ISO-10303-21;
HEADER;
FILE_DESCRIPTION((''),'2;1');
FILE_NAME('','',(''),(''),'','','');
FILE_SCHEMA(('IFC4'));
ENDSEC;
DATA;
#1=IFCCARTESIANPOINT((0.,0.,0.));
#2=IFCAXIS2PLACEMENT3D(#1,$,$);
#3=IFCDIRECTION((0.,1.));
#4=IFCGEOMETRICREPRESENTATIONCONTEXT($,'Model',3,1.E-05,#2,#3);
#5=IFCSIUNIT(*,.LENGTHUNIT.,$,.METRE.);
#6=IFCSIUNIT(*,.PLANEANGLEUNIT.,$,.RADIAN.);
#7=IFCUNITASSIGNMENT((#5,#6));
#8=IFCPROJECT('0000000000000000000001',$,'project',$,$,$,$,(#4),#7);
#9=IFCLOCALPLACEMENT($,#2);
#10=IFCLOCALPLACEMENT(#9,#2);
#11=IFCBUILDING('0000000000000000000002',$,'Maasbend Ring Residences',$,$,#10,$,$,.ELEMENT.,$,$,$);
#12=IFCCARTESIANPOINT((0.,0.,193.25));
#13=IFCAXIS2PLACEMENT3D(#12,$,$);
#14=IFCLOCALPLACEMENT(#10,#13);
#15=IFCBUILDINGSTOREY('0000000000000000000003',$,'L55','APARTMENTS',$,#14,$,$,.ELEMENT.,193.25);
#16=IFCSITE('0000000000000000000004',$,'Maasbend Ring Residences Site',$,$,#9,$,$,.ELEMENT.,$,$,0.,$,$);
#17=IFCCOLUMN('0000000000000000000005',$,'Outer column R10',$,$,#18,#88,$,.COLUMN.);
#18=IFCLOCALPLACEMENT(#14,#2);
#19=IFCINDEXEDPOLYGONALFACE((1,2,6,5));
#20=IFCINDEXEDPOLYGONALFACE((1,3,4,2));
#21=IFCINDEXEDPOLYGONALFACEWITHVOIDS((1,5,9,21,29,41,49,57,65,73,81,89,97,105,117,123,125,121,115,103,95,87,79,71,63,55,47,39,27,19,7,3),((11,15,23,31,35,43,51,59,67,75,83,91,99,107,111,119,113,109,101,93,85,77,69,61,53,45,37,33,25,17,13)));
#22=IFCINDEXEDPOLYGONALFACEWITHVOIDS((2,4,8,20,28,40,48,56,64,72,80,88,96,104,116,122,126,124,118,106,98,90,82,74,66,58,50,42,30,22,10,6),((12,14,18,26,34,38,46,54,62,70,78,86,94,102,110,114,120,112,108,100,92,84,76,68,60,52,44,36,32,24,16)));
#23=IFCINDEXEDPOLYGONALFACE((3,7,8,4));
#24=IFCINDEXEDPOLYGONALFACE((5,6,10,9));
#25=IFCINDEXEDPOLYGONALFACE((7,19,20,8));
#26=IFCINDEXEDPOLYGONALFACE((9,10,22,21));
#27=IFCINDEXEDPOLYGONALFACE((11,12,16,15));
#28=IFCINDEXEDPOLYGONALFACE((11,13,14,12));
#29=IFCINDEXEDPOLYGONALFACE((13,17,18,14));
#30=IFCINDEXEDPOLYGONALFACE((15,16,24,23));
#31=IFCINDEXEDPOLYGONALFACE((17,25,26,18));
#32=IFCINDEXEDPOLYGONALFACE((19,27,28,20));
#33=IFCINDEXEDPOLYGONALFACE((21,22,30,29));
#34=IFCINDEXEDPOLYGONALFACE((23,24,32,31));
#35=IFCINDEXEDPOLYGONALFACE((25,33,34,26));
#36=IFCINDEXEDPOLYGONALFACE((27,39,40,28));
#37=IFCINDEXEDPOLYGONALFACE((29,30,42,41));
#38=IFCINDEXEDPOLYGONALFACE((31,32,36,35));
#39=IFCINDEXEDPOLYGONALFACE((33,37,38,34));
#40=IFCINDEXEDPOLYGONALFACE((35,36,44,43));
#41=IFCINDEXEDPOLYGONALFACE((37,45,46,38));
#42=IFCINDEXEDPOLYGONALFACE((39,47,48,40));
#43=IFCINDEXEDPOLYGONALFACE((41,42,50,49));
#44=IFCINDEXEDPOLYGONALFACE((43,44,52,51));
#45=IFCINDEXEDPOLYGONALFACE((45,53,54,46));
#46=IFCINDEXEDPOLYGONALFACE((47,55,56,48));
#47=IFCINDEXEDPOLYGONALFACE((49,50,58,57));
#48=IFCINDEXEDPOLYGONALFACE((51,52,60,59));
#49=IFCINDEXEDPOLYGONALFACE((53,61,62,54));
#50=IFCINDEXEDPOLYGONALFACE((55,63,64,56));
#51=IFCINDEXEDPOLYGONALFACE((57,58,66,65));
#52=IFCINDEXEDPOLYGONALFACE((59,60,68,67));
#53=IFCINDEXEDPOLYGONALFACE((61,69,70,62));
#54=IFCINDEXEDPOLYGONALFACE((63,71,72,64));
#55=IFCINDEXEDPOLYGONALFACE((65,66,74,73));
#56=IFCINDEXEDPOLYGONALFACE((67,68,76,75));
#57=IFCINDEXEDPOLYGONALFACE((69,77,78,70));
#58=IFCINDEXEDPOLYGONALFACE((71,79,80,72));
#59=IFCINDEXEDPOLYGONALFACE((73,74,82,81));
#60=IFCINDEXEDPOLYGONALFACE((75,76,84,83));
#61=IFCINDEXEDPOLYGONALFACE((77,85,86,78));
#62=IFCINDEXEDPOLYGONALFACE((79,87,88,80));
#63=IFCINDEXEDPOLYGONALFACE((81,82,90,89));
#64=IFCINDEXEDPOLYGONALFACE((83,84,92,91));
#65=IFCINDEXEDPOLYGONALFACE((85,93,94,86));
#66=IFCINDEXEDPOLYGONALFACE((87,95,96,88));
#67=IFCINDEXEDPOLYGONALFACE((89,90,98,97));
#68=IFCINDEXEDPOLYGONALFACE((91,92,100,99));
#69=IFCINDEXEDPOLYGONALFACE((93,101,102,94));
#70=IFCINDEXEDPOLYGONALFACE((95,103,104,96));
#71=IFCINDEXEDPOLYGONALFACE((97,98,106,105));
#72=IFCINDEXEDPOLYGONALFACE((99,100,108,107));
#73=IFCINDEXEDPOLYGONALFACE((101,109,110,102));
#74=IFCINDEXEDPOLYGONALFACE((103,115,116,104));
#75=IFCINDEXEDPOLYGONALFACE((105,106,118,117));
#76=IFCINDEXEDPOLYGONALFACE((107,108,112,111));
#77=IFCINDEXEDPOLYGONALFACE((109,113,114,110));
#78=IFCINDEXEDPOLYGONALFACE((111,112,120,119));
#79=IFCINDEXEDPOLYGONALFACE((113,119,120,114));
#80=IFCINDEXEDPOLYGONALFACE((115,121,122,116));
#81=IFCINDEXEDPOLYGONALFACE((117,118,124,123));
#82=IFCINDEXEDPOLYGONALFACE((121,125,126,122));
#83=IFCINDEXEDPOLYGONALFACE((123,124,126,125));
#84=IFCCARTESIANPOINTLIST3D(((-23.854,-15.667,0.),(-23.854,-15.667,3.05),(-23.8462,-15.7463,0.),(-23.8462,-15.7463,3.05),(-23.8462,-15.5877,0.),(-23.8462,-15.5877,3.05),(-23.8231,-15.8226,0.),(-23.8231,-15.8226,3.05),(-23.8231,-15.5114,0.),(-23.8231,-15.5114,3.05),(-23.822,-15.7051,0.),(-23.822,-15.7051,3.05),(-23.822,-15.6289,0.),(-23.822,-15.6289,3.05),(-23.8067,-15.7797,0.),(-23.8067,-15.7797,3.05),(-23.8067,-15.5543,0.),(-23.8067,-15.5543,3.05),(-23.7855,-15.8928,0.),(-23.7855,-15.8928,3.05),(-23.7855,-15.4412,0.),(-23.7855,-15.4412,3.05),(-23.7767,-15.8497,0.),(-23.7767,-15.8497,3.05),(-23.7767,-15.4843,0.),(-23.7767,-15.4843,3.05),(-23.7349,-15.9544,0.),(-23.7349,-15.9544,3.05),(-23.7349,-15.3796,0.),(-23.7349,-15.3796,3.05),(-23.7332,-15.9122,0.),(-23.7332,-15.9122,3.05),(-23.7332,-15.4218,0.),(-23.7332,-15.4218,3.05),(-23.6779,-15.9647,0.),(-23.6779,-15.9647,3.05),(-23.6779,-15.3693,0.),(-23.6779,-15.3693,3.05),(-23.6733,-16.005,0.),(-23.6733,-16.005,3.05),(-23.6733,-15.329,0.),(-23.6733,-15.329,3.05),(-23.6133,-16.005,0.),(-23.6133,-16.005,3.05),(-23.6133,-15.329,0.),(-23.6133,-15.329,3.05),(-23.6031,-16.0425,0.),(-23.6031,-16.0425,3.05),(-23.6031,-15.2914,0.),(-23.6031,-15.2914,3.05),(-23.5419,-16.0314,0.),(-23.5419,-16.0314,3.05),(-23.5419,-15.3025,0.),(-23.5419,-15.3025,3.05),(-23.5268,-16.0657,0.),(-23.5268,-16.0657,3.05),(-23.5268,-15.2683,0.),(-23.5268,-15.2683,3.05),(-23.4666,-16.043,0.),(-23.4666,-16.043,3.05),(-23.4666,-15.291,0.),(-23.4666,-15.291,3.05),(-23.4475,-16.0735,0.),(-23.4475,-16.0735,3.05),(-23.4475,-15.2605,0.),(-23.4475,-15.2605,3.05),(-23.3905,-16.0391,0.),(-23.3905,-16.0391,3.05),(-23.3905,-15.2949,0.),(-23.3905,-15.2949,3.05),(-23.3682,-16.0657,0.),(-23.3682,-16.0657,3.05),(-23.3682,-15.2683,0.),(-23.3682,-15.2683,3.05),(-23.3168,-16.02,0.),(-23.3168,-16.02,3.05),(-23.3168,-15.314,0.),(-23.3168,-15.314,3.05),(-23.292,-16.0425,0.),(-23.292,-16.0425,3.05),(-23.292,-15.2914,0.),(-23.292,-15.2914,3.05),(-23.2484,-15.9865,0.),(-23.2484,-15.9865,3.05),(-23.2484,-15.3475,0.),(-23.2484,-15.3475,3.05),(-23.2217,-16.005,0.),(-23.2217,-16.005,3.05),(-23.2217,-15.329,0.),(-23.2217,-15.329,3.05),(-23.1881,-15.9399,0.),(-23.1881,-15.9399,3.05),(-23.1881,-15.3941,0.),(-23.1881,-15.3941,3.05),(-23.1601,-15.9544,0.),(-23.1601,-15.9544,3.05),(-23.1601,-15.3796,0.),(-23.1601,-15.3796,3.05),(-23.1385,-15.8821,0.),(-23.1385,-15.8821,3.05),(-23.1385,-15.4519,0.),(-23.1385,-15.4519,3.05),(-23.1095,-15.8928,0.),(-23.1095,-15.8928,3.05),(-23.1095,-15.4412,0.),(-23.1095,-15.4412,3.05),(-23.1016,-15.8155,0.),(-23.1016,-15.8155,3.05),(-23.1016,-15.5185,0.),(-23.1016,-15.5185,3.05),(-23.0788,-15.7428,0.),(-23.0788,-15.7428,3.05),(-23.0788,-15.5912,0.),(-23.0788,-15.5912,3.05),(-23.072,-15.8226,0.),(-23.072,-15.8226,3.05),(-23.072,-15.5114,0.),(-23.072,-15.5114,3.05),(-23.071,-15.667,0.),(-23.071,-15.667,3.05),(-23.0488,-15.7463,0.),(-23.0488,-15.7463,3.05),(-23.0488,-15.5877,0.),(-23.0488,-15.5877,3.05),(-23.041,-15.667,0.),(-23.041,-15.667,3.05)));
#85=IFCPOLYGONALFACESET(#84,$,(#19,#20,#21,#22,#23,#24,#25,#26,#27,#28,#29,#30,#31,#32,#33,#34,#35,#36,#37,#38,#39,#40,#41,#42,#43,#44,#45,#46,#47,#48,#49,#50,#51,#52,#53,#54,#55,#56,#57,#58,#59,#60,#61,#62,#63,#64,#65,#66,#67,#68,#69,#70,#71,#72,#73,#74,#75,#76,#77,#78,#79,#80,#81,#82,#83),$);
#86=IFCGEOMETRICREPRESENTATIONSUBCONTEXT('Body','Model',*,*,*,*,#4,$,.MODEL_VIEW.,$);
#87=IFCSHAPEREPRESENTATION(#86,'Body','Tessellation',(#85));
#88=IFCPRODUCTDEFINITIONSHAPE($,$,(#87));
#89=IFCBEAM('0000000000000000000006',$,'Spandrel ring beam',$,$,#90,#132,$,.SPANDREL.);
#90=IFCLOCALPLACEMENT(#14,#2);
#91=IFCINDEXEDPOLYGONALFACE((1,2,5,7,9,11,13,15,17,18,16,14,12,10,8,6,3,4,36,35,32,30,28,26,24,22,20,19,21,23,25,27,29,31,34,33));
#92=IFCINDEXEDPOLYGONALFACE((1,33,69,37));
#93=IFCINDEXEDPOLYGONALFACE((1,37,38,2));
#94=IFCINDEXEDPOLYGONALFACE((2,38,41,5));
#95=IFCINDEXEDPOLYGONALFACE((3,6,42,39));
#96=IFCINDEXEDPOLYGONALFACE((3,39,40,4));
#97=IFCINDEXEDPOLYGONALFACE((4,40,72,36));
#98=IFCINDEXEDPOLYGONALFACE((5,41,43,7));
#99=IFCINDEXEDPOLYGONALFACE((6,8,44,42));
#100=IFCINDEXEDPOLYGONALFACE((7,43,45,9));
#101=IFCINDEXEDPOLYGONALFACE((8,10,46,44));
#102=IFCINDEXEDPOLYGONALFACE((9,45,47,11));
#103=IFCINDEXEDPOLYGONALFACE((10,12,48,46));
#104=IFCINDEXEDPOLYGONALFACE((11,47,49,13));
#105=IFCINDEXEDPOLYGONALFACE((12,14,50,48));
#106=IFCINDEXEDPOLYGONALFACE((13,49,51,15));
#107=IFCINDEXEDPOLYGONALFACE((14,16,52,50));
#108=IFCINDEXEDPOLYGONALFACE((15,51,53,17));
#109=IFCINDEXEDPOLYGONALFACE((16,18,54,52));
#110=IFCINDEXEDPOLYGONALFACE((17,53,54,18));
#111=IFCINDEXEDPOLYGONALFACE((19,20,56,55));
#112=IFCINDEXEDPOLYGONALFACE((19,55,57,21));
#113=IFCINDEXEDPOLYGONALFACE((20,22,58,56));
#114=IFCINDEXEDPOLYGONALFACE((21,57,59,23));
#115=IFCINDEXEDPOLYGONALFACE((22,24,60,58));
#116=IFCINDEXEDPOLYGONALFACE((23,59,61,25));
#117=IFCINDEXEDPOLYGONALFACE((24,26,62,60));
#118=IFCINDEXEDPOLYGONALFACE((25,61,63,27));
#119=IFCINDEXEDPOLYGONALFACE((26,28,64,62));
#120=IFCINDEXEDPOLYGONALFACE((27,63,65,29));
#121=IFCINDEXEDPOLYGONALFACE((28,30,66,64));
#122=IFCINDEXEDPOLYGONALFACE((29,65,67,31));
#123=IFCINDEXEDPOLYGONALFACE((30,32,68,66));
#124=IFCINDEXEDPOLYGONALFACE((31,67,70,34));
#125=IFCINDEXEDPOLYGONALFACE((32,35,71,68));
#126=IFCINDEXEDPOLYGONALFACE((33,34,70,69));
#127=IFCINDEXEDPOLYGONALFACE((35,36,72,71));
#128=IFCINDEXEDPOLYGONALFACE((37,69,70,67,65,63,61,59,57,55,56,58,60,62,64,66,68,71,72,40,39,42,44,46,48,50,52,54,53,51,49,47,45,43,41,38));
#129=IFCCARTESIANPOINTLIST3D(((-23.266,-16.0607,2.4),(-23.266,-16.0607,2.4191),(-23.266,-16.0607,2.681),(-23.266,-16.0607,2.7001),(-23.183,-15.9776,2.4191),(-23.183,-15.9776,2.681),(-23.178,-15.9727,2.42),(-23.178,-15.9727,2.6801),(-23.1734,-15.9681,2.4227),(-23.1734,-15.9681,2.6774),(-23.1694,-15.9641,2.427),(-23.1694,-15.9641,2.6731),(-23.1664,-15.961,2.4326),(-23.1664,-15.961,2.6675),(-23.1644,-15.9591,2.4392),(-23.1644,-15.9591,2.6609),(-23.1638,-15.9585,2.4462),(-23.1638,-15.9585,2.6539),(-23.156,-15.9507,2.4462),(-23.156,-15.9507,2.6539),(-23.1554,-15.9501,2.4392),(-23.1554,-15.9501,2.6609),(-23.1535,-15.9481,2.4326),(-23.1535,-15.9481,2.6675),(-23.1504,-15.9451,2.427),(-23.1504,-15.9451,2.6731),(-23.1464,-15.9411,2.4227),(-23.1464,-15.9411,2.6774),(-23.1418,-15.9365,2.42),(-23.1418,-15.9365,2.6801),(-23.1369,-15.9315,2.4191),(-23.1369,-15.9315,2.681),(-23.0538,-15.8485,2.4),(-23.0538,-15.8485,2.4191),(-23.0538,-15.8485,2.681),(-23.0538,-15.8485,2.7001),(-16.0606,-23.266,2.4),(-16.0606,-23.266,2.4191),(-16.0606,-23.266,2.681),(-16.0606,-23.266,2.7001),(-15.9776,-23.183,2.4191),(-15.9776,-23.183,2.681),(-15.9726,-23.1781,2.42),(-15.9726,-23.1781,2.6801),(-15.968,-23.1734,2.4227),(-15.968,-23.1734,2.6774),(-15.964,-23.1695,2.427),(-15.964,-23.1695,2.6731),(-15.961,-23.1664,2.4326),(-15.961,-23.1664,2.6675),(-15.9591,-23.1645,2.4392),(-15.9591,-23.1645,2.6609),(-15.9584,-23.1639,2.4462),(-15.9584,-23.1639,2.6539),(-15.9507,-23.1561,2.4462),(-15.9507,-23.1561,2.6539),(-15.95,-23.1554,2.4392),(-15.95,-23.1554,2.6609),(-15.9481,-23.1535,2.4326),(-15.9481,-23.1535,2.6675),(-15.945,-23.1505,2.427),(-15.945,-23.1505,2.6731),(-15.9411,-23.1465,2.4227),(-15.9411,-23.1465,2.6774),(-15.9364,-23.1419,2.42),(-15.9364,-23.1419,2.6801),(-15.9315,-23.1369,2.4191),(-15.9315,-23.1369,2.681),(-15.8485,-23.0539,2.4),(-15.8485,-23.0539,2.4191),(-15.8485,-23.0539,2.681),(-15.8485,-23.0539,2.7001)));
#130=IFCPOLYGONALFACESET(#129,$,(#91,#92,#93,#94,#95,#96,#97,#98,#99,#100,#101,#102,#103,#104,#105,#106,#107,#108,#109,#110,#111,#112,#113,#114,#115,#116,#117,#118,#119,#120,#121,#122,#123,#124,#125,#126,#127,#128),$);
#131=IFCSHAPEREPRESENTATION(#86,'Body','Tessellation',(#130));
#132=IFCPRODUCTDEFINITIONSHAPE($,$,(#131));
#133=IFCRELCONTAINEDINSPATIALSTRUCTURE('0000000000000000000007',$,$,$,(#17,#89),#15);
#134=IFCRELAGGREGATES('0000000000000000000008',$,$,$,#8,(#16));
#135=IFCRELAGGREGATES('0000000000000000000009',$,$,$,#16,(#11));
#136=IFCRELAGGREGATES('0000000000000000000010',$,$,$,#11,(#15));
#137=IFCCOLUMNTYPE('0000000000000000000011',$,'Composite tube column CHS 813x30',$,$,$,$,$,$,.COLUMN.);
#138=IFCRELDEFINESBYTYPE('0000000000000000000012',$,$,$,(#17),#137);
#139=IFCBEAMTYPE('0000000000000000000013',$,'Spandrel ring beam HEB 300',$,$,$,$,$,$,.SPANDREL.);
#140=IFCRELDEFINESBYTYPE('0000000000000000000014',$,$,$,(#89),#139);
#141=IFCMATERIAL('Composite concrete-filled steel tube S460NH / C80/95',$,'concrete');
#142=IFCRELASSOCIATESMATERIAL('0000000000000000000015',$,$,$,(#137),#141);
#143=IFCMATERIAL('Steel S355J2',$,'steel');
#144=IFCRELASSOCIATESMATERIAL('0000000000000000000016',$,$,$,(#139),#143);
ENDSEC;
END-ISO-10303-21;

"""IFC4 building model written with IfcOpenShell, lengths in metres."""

from ifc_helpers import new_model, si_unit, direction, frame, origin, origin_2d, place, context, subcontext, project, spatial, hollow_circle, i_section, extrude, material, material_profile, profile_set, type_object, element, save


model = new_model("IFC4")

# Units and contexts
model_context = context("Model", 3, precision=1e-05, world=origin(), true_north=direction((0.0, 1.0)))
body_context = subcontext(model_context, "Body", "Model", "MODEL_VIEW")
ifc_project = project(units=[si_unit("LENGTHUNIT", "METRE"), si_unit("PLANEANGLEUNIT", "RADIAN")], contexts=[model_context])

# Site, building, storey
site_placement = place(None, origin())
site = spatial("IfcSite", under=ifc_project, at=site_placement, Name="Maasbend Ring Residences Site", CompositionType="ELEMENT", RefElevation=0.0)
building_placement = place(site_placement, origin())
building = spatial("IfcBuilding", under=site, at=building_placement, Name="Maasbend Ring Residences", CompositionType="ELEMENT")
storey_placement = place(building_placement, frame((0.0, 0.0, 193.25)))
storey = spatial("IfcBuildingStorey", under=building, at=storey_placement, Name="L55", Description="APARTMENTS", CompositionType="ELEMENT", Elevation=193.25)

# Column
ifc_material_1 = material(Name="Composite concrete-filled steel tube S460NH / C80/95", Category="concrete")
ifc_material_profile_1 = material_profile(ifc_material_1, hollow_circle(Radius=0.4065, WallThickness=0.03, at=origin_2d()), Name="Composite tube column CHS 813x30")
ifc_profile_set_1 = profile_set([ifc_material_profile_1], Name="Composite concrete-filled steel tube S460NH / C80/95")
column_type = type_object("IfcColumnType", Name="Composite tube column CHS 813x30", PredefinedType="COLUMN", material=ifc_profile_set_1)
column_placement = place(storey_placement, frame((-23.4475, -15.667, 0.0), z_axis=(0.0, 0.0, 1.0), x_axis=(1.0, 0.0, 0.0)))
element("IfcColumn", 1, at=column_placement, inside=storey, type_object=column_type, Name="Outer column R10", PredefinedType="COLUMN", context=body_context, shape_type="SweptSolid", body=[
    extrude(hollow_circle(Radius=0.4065, WallThickness=0.03, at=origin_2d()), origin(), (0.0, 0.0, 1.0), 3.05),
])

# Beam
ifc_material_2 = material(Name="Steel S355J2", Category="steel")
ifc_material_profile_2 = material_profile(ifc_material_2, i_section(OverallWidth=0.3, OverallDepth=0.3, WebThickness=0.011, FlangeThickness=0.019, FilletRadius=0.0271, at=origin_2d()), Name="HEB 300")
ifc_profile_set_2 = profile_set([ifc_material_profile_2], Name="Steel S355J2")
beam_type = type_object("IfcBeamType", Name="Spandrel ring beam HEB 300", PredefinedType="SPANDREL", material=ifc_profile_set_2)
beam_placement = place(storey_placement, frame((-23.1599, -15.9546, 2.55), z_axis=(0.707107, -0.707107, 0.0), x_axis=(0.707107, 0.707107, 0.0)))
element("IfcBeam", 2, at=beam_placement, inside=storey, type_object=beam_type, Name="Spandrel ring beam", PredefinedType="SPANDREL", context=body_context, shape_type="SweptSolid", body=[
    extrude(i_section(OverallWidth=0.3, OverallDepth=0.3, WebThickness=0.011, FlangeThickness=0.019, FilletRadius=0.0271, at=origin_2d()), origin(), (0.0, 0.0, 1.0), 10.1899),
])

save(model, "model.ifc")
